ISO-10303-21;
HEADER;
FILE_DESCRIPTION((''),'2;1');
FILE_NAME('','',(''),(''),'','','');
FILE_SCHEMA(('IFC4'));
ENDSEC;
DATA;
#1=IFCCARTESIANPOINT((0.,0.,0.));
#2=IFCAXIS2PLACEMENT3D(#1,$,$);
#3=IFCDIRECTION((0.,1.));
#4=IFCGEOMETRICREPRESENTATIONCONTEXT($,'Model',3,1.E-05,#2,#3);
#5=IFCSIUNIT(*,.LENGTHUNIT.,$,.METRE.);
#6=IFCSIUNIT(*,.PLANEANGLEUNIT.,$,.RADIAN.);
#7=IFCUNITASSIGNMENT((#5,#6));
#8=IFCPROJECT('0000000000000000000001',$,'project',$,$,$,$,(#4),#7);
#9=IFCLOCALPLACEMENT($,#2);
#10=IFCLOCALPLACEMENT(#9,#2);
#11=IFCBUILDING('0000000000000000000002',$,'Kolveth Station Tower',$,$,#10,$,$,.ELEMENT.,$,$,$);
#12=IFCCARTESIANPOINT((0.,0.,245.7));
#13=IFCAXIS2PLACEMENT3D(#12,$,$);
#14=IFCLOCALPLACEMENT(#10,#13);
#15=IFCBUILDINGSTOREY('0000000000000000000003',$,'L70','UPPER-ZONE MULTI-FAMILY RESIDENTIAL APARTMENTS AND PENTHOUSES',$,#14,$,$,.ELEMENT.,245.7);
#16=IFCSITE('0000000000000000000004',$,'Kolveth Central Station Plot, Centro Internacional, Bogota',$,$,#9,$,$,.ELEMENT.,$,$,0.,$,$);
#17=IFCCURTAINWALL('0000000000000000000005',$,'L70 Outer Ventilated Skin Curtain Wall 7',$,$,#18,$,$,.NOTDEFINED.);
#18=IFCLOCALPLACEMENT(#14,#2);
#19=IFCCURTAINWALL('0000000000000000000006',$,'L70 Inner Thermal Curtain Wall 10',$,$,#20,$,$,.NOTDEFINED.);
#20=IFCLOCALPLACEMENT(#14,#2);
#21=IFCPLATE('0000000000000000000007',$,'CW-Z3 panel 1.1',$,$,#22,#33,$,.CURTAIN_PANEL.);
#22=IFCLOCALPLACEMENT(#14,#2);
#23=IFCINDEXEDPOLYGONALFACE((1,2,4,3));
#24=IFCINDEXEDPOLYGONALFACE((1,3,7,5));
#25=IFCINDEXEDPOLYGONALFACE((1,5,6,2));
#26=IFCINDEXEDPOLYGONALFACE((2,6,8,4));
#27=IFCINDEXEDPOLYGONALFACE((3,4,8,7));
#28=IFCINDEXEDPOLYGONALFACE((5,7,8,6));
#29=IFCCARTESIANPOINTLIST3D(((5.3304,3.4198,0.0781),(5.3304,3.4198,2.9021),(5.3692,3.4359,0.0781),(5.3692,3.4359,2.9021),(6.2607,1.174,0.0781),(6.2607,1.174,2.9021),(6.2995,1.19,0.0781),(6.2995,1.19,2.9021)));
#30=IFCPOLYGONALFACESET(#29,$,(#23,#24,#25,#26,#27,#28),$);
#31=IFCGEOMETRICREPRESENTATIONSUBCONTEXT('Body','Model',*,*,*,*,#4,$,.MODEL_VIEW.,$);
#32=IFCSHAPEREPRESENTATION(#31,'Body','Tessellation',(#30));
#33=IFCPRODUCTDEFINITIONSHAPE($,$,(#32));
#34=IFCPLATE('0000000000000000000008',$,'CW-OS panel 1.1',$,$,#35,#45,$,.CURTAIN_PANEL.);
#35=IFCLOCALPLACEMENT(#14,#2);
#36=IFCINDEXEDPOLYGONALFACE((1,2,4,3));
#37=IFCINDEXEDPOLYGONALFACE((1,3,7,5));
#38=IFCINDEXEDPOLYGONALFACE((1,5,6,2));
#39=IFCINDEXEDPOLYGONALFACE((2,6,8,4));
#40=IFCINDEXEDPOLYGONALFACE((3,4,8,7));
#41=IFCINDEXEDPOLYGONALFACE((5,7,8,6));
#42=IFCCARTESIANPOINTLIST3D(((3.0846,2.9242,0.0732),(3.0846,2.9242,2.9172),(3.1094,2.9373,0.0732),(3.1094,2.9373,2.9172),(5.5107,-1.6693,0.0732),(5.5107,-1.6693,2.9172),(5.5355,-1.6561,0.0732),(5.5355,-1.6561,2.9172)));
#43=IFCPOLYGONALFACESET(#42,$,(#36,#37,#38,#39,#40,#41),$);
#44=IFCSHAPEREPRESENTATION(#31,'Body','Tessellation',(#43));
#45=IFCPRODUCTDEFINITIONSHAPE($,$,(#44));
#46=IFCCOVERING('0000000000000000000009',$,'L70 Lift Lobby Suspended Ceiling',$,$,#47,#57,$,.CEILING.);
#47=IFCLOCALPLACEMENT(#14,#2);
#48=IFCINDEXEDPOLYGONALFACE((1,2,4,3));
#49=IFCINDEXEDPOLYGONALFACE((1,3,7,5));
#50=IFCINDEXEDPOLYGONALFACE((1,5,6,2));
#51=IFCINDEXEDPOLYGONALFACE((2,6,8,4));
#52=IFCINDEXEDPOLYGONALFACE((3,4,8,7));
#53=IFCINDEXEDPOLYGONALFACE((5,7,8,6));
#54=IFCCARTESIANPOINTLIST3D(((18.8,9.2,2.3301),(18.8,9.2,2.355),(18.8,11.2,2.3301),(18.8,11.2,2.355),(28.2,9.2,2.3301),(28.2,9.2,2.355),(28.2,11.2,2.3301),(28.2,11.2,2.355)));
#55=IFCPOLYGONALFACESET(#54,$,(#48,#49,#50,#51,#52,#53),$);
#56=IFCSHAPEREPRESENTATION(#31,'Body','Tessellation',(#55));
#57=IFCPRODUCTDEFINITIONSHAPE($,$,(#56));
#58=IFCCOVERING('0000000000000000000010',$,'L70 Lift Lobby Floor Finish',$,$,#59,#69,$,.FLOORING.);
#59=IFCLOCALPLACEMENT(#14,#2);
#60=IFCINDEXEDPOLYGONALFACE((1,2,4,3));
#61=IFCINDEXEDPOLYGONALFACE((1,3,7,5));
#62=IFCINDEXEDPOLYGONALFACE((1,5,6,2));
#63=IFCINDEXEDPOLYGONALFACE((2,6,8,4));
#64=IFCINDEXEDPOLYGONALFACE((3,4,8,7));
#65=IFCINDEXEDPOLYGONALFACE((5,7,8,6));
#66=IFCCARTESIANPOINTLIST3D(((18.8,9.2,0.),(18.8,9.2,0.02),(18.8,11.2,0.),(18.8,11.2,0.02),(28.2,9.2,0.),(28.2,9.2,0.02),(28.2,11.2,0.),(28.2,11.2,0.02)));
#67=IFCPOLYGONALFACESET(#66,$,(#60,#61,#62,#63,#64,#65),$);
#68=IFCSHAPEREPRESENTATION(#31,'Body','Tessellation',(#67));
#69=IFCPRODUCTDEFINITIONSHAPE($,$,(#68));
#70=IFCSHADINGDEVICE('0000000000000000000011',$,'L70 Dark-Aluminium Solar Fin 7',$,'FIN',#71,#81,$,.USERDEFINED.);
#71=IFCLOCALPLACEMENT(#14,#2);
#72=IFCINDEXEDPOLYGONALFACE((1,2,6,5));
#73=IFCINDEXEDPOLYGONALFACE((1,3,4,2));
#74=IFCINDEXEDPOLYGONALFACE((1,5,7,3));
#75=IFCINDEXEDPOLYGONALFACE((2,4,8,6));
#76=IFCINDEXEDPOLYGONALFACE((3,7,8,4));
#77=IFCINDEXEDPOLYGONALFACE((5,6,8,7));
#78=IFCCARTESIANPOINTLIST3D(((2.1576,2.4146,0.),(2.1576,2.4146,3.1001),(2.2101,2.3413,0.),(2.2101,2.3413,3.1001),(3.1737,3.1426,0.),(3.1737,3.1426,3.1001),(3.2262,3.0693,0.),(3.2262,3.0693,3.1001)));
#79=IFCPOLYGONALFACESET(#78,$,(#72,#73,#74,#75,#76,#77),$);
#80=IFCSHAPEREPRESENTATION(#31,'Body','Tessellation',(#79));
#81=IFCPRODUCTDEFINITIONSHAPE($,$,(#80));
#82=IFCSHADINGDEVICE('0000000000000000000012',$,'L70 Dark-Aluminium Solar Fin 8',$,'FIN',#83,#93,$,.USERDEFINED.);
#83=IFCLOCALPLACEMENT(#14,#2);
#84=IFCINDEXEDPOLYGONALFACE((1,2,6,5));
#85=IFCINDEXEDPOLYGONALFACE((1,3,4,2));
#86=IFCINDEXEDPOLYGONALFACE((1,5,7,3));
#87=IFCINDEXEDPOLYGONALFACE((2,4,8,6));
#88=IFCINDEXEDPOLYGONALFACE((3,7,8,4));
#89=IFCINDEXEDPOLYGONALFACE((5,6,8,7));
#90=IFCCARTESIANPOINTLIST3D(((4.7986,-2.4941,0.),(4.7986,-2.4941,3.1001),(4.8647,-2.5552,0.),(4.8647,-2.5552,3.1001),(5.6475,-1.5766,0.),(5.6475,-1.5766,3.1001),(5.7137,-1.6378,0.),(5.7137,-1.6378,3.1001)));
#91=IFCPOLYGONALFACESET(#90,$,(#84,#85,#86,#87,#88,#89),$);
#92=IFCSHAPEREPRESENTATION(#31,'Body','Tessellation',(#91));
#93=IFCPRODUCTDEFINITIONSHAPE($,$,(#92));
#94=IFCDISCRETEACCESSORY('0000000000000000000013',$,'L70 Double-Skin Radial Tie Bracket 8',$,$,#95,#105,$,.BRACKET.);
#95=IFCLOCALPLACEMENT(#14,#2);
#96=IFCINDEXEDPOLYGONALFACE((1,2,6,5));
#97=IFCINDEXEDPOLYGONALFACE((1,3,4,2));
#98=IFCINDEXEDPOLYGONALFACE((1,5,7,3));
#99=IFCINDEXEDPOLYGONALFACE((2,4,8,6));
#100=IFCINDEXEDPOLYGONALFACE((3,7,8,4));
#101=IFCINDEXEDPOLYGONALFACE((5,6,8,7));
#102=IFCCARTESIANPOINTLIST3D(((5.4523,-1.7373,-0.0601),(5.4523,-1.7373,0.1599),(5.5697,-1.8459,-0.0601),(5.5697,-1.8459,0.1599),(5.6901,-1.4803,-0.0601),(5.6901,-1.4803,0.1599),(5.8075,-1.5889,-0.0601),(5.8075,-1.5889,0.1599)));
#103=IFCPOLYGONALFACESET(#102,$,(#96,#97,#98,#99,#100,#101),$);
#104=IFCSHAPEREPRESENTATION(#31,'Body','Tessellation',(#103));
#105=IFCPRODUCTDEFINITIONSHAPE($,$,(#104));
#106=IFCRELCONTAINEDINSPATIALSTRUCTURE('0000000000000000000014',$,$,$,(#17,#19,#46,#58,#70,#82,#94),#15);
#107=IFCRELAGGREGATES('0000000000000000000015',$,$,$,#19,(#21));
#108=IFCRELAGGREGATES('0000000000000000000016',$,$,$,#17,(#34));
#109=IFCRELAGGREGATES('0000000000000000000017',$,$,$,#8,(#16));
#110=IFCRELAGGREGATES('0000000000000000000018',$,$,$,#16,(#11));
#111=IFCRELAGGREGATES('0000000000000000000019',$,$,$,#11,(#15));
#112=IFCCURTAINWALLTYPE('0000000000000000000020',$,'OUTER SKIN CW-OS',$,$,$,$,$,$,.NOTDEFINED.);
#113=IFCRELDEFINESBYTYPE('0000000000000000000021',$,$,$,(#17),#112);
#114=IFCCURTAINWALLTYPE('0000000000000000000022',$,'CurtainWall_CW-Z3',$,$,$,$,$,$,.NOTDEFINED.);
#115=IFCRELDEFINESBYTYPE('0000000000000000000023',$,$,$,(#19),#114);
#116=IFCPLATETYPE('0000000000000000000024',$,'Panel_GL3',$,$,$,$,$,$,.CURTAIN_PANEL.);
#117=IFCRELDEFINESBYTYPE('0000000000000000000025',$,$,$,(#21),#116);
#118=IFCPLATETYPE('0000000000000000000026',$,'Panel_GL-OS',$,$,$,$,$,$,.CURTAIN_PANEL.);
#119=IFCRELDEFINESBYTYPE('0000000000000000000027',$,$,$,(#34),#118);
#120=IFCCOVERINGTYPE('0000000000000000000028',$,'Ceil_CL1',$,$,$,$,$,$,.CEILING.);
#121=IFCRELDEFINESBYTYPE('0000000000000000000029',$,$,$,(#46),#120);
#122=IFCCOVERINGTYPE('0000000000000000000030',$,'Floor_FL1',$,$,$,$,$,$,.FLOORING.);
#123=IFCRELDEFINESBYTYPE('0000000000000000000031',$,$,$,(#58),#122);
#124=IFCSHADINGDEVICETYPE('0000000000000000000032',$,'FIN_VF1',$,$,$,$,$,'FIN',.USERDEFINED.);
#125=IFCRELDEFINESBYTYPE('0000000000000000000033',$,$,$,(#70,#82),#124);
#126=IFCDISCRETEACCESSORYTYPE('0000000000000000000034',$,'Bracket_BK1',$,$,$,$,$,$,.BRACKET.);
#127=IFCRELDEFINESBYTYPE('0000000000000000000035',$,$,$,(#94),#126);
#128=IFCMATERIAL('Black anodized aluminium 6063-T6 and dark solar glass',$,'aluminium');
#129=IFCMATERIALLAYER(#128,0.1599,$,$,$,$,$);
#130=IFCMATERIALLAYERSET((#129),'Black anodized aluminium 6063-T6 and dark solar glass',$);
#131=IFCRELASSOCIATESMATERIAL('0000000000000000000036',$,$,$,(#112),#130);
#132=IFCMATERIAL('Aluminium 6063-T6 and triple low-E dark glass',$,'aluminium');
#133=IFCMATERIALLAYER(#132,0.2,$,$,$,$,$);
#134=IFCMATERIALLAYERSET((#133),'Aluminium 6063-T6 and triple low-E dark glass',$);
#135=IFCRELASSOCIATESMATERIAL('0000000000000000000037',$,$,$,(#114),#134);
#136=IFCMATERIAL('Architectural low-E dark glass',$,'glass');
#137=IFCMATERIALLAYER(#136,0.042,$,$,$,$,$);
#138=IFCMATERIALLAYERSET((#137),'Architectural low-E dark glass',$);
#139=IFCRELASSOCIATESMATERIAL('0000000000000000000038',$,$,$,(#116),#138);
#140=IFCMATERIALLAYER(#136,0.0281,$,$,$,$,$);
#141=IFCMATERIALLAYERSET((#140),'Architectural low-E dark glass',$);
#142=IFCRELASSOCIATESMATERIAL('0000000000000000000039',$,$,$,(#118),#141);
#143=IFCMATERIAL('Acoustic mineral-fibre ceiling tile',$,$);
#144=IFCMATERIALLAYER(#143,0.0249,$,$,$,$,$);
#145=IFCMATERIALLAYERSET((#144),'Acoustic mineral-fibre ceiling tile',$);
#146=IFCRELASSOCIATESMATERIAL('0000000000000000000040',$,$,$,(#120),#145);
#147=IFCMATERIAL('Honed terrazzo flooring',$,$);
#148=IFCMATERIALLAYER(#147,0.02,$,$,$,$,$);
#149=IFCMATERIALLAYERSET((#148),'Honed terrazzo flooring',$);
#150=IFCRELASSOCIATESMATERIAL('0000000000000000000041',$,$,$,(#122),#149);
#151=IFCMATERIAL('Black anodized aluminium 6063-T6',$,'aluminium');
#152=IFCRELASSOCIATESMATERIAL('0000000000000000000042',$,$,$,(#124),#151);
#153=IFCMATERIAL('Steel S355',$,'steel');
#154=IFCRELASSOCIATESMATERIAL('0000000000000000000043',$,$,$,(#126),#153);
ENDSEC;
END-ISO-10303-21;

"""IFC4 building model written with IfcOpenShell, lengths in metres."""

from ifc_helpers import new_model, si_unit, direction, frame, origin, origin_2d, place, context, subcontext, project, spatial, polyline, rectangle, outline, extrude, source, transform, mapped, material, layer, layer_set, type_object, element, aggregate, save


model = new_model("IFC4")

# Units and contexts
model_context = context("Model", 3, precision=1e-05, world=origin(), true_north=direction((0.0, 1.0)))
body_context = subcontext(model_context, "Body", "Model", "MODEL_VIEW")
ifc_project = project(units=[si_unit("LENGTHUNIT", "METRE"), si_unit("PLANEANGLEUNIT", "RADIAN")], contexts=[model_context])

# Site, building, storey
site_placement = place(None, origin())
site = spatial("IfcSite", under=ifc_project, at=site_placement, Name="Kolveth Central Station Plot, Centro Internacional, Bogota", CompositionType="ELEMENT", RefElevation=0.0)
building_placement = place(site_placement, origin())
building = spatial("IfcBuilding", under=site, at=building_placement, Name="Kolveth Station Tower", CompositionType="ELEMENT")
storey_placement = place(building_placement, frame((0.0, 0.0, 245.7)))
storey = spatial("IfcBuildingStorey", under=building, at=storey_placement, Name="L70", Description="UPPER-ZONE MULTI-FAMILY RESIDENTIAL APARTMENTS AND PENTHOUSES", CompositionType="ELEMENT", Elevation=245.7)

# Curtain walls
ifc_material_1 = material(Name="Black anodized aluminium 6063-T6 and dark solar glass", Category="aluminium")
ifc_layer_1 = layer(ifc_material_1, 0.1599)
ifc_layer_set_1 = layer_set([ifc_layer_1], Name="Black anodized aluminium 6063-T6 and dark solar glass")
curtain_wall_type_1 = type_object("IfcCurtainWallType", Name="OUTER SKIN CW-OS", PredefinedType="NOTDEFINED", material=ifc_layer_set_1)
curtain_wall_1_placement = place(storey_placement, origin())
curtain_wall_1 = element("IfcCurtainWall", 1, at=curtain_wall_1_placement, inside=storey, type_object=curtain_wall_type_1, Name="L70 Outer Ventilated Skin Curtain Wall 7", PredefinedType="NOTDEFINED")
ifc_material_2 = material(Name="Black anodized aluminium 6063-T6", Category="aluminium")
ifc_material_3 = material(Name="Aluminium 6063-T6 and triple low-E dark glass", Category="aluminium")
ifc_layer_2 = layer(ifc_material_3, 0.2)
ifc_layer_set_2 = layer_set([ifc_layer_2], Name="Aluminium 6063-T6 and triple low-E dark glass")
curtain_wall_type_2 = type_object("IfcCurtainWallType", Name="CurtainWall_CW-Z3", PredefinedType="NOTDEFINED", material=ifc_layer_set_2)
curtain_wall_2_placement = place(storey_placement, origin())
curtain_wall_2 = element("IfcCurtainWall", 2, at=curtain_wall_2_placement, inside=storey, type_object=curtain_wall_type_2, Name="L70 Inner Thermal Curtain Wall 10", PredefinedType="NOTDEFINED")

# Plates
ifc_material_4 = material(Name="Architectural low-E dark glass", Category="glass")
ifc_layer_3 = layer(ifc_material_4, 0.042)
ifc_layer_set_3 = layer_set([ifc_layer_3], Name="Architectural low-E dark glass")
plate_type_1 = type_object("IfcPlateType", Name="Panel_GL3", PredefinedType="CURTAIN_PANEL", material=ifc_layer_set_3)
shared_shape_1 = source(origin(), body_context, "Body", "SweptSolid", [
    extrude(rectangle(XDim=2.4309, YDim=0.042, at=origin_2d()), origin(), (0.0, 0.0, 1.0), 2.824),
])
plate_1_placement = place(storey_placement, frame((5.8149, 2.3049, 0.0781), z_axis=(0.0, 0.0, 1.0), x_axis=(0.382693, -0.923875, 0.0)))
plate_1 = element("IfcPlate", 3, at=plate_1_placement, type_object=plate_type_1, Name="CW-Z3 panel 1.1", PredefinedType="CURTAIN_PANEL", context=body_context, shape_type="MappedRepresentation", body=[
    mapped(shared_shape_1, transform((0.0, 0.0, 0.0), x_axis=(1.0, 0.0, 0.0), y_axis=(0.0, 1.0, 0.0), z_axis=(0.0, 0.0, 1.0), scale=1.0)),
])
aggregate(curtain_wall_2, [plate_1])
ifc_layer_4 = layer(ifc_material_4, 0.0281)
ifc_layer_set_4 = layer_set([ifc_layer_4], Name="Architectural low-E dark glass")
plate_type_2 = type_object("IfcPlateType", Name="Panel_GL-OS", PredefinedType="CURTAIN_PANEL", material=ifc_layer_set_4)
shared_shape_2 = source(origin(), body_context, "Body", "SweptSolid", [
    extrude(rectangle(XDim=5.1948, YDim=0.0281, at=origin_2d()), origin(), (0.0, 0.0, 1.0), 2.844),
])
plate_2_placement = place(storey_placement, frame((4.3101, 0.634, 0.0732), z_axis=(0.0, 0.0, 1.0), x_axis=(0.467032, -0.88424, 0.0)))
plate_2 = element("IfcPlate", 4, at=plate_2_placement, type_object=plate_type_2, Name="CW-OS panel 1.1", PredefinedType="CURTAIN_PANEL", context=body_context, shape_type="MappedRepresentation", body=[
    mapped(shared_shape_2, transform((0.0, 0.0, 0.0), x_axis=(1.0, 0.0, 0.0), y_axis=(0.0, 1.0, 0.0), z_axis=(0.0, 0.0, 1.0), scale=1.0)),
])
aggregate(curtain_wall_1, [plate_2])

# Coverings
ifc_material_5 = material(Name="Acoustic mineral-fibre ceiling tile")
ifc_layer_5 = layer(ifc_material_5, 0.0249)
ifc_layer_set_5 = layer_set([ifc_layer_5], Name="Acoustic mineral-fibre ceiling tile")
covering_type_1 = type_object("IfcCoveringType", Name="Ceil_CL1", PredefinedType="CEILING", material=ifc_layer_set_5)
covering_1_placement = place(storey_placement, frame((0.0, 0.0, 2.3301)))
element("IfcCovering", 5, at=covering_1_placement, inside=storey, type_object=covering_type_1, Name="L70 Lift Lobby Suspended Ceiling", PredefinedType="CEILING", context=body_context, shape_type="SweptSolid", body=[
    extrude(outline(polyline([(18.8, 9.2), (28.2, 9.2), (28.2, 11.2), (18.8, 11.2), (18.8, 9.2)])), origin(), (0.0, 0.0, 1.0), 0.0249),
])
ifc_material_6 = material(Name="Honed terrazzo flooring")
ifc_layer_6 = layer(ifc_material_6, 0.02)
ifc_layer_set_6 = layer_set([ifc_layer_6], Name="Honed terrazzo flooring")
covering_type_2 = type_object("IfcCoveringType", Name="Floor_FL1", PredefinedType="FLOORING", material=ifc_layer_set_6)
covering_2_placement = place(storey_placement, origin())
element("IfcCovering", 6, at=covering_2_placement, inside=storey, type_object=covering_type_2, Name="L70 Lift Lobby Floor Finish", PredefinedType="FLOORING", context=body_context, shape_type="SweptSolid", body=[
    extrude(outline(polyline([(18.8, 9.2), (28.2, 9.2), (28.2, 11.2), (18.8, 11.2), (18.8, 9.2)])), origin(), (0.0, 0.0, 1.0), 0.02),
])

# Shading devices
shading_device_type = type_object("IfcShadingDeviceType", Name="FIN_VF1", ElementType="FIN", PredefinedType="USERDEFINED", material=ifc_material_2)
shared_shape_3 = source(origin(), body_context, "Body", "SweptSolid", [
    extrude(rectangle(XDim=1.25, YDim=0.0901, at=origin_2d()), origin(), (0.0, 0.0, 1.0), 3.1001),
])
for number, where, z_axis, x_axis, name in (
    (7, (2.6919, 2.7419, 0.0), (0.0, 0.0, 1.0), (-0.812898, -0.582407, 0.0), "L70 Dark-Aluminium Solar Fin 7"),
    (8, (5.2561, -2.0659, 0.0), (0.0, 0.0, 1.0), (-0.679185, -0.733967, 0.0), "L70 Dark-Aluminium Solar Fin 8"),
):
    element("IfcShadingDevice", number, at=place(storey_placement, frame(where, z_axis=z_axis, x_axis=x_axis)), inside=storey, type_object=shading_device_type, Name=name, ObjectType="FIN", PredefinedType="USERDEFINED", context=body_context, shape_type="MappedRepresentation", body=[
        mapped(shared_shape_3, transform((0.0, 0.0, 0.0), x_axis=(1.0, 0.0, 0.0), y_axis=(0.0, 1.0, 0.0), z_axis=(0.0, 0.0, 1.0), scale=1.0)),
    ])

# Discrete accessory
ifc_material_7 = material(Name="Steel S355", Category="steel")
discrete_accessory_type = type_object("IfcDiscreteAccessoryType", Name="Bracket_BK1", PredefinedType="BRACKET", material=ifc_material_7)
shared_shape_4 = source(origin(), body_context, "Body", "SweptSolid", [
    extrude(rectangle(XDim=0.3501, YDim=0.1599, at=origin_2d()), origin(), (0.0, 0.0, 1.0), 0.22),
])
discrete_accessory_placement = place(storey_placement, frame((5.6299, -1.6631, -0.0601), z_axis=(0.0, 0.0, 1.0), x_axis=(-0.679185, -0.733967, 0.0)))
element("IfcDiscreteAccessory", 9, at=discrete_accessory_placement, inside=storey, type_object=discrete_accessory_type, Name="L70 Double-Skin Radial Tie Bracket 8", PredefinedType="BRACKET", context=body_context, shape_type="MappedRepresentation", body=[
    mapped(shared_shape_4, transform((0.0, 0.0, 0.0), x_axis=(1.0, 0.0, 0.0), y_axis=(0.0, 1.0, 0.0), z_axis=(0.0, 0.0, 1.0), scale=1.0)),
])

save(model, "model.ifc")
